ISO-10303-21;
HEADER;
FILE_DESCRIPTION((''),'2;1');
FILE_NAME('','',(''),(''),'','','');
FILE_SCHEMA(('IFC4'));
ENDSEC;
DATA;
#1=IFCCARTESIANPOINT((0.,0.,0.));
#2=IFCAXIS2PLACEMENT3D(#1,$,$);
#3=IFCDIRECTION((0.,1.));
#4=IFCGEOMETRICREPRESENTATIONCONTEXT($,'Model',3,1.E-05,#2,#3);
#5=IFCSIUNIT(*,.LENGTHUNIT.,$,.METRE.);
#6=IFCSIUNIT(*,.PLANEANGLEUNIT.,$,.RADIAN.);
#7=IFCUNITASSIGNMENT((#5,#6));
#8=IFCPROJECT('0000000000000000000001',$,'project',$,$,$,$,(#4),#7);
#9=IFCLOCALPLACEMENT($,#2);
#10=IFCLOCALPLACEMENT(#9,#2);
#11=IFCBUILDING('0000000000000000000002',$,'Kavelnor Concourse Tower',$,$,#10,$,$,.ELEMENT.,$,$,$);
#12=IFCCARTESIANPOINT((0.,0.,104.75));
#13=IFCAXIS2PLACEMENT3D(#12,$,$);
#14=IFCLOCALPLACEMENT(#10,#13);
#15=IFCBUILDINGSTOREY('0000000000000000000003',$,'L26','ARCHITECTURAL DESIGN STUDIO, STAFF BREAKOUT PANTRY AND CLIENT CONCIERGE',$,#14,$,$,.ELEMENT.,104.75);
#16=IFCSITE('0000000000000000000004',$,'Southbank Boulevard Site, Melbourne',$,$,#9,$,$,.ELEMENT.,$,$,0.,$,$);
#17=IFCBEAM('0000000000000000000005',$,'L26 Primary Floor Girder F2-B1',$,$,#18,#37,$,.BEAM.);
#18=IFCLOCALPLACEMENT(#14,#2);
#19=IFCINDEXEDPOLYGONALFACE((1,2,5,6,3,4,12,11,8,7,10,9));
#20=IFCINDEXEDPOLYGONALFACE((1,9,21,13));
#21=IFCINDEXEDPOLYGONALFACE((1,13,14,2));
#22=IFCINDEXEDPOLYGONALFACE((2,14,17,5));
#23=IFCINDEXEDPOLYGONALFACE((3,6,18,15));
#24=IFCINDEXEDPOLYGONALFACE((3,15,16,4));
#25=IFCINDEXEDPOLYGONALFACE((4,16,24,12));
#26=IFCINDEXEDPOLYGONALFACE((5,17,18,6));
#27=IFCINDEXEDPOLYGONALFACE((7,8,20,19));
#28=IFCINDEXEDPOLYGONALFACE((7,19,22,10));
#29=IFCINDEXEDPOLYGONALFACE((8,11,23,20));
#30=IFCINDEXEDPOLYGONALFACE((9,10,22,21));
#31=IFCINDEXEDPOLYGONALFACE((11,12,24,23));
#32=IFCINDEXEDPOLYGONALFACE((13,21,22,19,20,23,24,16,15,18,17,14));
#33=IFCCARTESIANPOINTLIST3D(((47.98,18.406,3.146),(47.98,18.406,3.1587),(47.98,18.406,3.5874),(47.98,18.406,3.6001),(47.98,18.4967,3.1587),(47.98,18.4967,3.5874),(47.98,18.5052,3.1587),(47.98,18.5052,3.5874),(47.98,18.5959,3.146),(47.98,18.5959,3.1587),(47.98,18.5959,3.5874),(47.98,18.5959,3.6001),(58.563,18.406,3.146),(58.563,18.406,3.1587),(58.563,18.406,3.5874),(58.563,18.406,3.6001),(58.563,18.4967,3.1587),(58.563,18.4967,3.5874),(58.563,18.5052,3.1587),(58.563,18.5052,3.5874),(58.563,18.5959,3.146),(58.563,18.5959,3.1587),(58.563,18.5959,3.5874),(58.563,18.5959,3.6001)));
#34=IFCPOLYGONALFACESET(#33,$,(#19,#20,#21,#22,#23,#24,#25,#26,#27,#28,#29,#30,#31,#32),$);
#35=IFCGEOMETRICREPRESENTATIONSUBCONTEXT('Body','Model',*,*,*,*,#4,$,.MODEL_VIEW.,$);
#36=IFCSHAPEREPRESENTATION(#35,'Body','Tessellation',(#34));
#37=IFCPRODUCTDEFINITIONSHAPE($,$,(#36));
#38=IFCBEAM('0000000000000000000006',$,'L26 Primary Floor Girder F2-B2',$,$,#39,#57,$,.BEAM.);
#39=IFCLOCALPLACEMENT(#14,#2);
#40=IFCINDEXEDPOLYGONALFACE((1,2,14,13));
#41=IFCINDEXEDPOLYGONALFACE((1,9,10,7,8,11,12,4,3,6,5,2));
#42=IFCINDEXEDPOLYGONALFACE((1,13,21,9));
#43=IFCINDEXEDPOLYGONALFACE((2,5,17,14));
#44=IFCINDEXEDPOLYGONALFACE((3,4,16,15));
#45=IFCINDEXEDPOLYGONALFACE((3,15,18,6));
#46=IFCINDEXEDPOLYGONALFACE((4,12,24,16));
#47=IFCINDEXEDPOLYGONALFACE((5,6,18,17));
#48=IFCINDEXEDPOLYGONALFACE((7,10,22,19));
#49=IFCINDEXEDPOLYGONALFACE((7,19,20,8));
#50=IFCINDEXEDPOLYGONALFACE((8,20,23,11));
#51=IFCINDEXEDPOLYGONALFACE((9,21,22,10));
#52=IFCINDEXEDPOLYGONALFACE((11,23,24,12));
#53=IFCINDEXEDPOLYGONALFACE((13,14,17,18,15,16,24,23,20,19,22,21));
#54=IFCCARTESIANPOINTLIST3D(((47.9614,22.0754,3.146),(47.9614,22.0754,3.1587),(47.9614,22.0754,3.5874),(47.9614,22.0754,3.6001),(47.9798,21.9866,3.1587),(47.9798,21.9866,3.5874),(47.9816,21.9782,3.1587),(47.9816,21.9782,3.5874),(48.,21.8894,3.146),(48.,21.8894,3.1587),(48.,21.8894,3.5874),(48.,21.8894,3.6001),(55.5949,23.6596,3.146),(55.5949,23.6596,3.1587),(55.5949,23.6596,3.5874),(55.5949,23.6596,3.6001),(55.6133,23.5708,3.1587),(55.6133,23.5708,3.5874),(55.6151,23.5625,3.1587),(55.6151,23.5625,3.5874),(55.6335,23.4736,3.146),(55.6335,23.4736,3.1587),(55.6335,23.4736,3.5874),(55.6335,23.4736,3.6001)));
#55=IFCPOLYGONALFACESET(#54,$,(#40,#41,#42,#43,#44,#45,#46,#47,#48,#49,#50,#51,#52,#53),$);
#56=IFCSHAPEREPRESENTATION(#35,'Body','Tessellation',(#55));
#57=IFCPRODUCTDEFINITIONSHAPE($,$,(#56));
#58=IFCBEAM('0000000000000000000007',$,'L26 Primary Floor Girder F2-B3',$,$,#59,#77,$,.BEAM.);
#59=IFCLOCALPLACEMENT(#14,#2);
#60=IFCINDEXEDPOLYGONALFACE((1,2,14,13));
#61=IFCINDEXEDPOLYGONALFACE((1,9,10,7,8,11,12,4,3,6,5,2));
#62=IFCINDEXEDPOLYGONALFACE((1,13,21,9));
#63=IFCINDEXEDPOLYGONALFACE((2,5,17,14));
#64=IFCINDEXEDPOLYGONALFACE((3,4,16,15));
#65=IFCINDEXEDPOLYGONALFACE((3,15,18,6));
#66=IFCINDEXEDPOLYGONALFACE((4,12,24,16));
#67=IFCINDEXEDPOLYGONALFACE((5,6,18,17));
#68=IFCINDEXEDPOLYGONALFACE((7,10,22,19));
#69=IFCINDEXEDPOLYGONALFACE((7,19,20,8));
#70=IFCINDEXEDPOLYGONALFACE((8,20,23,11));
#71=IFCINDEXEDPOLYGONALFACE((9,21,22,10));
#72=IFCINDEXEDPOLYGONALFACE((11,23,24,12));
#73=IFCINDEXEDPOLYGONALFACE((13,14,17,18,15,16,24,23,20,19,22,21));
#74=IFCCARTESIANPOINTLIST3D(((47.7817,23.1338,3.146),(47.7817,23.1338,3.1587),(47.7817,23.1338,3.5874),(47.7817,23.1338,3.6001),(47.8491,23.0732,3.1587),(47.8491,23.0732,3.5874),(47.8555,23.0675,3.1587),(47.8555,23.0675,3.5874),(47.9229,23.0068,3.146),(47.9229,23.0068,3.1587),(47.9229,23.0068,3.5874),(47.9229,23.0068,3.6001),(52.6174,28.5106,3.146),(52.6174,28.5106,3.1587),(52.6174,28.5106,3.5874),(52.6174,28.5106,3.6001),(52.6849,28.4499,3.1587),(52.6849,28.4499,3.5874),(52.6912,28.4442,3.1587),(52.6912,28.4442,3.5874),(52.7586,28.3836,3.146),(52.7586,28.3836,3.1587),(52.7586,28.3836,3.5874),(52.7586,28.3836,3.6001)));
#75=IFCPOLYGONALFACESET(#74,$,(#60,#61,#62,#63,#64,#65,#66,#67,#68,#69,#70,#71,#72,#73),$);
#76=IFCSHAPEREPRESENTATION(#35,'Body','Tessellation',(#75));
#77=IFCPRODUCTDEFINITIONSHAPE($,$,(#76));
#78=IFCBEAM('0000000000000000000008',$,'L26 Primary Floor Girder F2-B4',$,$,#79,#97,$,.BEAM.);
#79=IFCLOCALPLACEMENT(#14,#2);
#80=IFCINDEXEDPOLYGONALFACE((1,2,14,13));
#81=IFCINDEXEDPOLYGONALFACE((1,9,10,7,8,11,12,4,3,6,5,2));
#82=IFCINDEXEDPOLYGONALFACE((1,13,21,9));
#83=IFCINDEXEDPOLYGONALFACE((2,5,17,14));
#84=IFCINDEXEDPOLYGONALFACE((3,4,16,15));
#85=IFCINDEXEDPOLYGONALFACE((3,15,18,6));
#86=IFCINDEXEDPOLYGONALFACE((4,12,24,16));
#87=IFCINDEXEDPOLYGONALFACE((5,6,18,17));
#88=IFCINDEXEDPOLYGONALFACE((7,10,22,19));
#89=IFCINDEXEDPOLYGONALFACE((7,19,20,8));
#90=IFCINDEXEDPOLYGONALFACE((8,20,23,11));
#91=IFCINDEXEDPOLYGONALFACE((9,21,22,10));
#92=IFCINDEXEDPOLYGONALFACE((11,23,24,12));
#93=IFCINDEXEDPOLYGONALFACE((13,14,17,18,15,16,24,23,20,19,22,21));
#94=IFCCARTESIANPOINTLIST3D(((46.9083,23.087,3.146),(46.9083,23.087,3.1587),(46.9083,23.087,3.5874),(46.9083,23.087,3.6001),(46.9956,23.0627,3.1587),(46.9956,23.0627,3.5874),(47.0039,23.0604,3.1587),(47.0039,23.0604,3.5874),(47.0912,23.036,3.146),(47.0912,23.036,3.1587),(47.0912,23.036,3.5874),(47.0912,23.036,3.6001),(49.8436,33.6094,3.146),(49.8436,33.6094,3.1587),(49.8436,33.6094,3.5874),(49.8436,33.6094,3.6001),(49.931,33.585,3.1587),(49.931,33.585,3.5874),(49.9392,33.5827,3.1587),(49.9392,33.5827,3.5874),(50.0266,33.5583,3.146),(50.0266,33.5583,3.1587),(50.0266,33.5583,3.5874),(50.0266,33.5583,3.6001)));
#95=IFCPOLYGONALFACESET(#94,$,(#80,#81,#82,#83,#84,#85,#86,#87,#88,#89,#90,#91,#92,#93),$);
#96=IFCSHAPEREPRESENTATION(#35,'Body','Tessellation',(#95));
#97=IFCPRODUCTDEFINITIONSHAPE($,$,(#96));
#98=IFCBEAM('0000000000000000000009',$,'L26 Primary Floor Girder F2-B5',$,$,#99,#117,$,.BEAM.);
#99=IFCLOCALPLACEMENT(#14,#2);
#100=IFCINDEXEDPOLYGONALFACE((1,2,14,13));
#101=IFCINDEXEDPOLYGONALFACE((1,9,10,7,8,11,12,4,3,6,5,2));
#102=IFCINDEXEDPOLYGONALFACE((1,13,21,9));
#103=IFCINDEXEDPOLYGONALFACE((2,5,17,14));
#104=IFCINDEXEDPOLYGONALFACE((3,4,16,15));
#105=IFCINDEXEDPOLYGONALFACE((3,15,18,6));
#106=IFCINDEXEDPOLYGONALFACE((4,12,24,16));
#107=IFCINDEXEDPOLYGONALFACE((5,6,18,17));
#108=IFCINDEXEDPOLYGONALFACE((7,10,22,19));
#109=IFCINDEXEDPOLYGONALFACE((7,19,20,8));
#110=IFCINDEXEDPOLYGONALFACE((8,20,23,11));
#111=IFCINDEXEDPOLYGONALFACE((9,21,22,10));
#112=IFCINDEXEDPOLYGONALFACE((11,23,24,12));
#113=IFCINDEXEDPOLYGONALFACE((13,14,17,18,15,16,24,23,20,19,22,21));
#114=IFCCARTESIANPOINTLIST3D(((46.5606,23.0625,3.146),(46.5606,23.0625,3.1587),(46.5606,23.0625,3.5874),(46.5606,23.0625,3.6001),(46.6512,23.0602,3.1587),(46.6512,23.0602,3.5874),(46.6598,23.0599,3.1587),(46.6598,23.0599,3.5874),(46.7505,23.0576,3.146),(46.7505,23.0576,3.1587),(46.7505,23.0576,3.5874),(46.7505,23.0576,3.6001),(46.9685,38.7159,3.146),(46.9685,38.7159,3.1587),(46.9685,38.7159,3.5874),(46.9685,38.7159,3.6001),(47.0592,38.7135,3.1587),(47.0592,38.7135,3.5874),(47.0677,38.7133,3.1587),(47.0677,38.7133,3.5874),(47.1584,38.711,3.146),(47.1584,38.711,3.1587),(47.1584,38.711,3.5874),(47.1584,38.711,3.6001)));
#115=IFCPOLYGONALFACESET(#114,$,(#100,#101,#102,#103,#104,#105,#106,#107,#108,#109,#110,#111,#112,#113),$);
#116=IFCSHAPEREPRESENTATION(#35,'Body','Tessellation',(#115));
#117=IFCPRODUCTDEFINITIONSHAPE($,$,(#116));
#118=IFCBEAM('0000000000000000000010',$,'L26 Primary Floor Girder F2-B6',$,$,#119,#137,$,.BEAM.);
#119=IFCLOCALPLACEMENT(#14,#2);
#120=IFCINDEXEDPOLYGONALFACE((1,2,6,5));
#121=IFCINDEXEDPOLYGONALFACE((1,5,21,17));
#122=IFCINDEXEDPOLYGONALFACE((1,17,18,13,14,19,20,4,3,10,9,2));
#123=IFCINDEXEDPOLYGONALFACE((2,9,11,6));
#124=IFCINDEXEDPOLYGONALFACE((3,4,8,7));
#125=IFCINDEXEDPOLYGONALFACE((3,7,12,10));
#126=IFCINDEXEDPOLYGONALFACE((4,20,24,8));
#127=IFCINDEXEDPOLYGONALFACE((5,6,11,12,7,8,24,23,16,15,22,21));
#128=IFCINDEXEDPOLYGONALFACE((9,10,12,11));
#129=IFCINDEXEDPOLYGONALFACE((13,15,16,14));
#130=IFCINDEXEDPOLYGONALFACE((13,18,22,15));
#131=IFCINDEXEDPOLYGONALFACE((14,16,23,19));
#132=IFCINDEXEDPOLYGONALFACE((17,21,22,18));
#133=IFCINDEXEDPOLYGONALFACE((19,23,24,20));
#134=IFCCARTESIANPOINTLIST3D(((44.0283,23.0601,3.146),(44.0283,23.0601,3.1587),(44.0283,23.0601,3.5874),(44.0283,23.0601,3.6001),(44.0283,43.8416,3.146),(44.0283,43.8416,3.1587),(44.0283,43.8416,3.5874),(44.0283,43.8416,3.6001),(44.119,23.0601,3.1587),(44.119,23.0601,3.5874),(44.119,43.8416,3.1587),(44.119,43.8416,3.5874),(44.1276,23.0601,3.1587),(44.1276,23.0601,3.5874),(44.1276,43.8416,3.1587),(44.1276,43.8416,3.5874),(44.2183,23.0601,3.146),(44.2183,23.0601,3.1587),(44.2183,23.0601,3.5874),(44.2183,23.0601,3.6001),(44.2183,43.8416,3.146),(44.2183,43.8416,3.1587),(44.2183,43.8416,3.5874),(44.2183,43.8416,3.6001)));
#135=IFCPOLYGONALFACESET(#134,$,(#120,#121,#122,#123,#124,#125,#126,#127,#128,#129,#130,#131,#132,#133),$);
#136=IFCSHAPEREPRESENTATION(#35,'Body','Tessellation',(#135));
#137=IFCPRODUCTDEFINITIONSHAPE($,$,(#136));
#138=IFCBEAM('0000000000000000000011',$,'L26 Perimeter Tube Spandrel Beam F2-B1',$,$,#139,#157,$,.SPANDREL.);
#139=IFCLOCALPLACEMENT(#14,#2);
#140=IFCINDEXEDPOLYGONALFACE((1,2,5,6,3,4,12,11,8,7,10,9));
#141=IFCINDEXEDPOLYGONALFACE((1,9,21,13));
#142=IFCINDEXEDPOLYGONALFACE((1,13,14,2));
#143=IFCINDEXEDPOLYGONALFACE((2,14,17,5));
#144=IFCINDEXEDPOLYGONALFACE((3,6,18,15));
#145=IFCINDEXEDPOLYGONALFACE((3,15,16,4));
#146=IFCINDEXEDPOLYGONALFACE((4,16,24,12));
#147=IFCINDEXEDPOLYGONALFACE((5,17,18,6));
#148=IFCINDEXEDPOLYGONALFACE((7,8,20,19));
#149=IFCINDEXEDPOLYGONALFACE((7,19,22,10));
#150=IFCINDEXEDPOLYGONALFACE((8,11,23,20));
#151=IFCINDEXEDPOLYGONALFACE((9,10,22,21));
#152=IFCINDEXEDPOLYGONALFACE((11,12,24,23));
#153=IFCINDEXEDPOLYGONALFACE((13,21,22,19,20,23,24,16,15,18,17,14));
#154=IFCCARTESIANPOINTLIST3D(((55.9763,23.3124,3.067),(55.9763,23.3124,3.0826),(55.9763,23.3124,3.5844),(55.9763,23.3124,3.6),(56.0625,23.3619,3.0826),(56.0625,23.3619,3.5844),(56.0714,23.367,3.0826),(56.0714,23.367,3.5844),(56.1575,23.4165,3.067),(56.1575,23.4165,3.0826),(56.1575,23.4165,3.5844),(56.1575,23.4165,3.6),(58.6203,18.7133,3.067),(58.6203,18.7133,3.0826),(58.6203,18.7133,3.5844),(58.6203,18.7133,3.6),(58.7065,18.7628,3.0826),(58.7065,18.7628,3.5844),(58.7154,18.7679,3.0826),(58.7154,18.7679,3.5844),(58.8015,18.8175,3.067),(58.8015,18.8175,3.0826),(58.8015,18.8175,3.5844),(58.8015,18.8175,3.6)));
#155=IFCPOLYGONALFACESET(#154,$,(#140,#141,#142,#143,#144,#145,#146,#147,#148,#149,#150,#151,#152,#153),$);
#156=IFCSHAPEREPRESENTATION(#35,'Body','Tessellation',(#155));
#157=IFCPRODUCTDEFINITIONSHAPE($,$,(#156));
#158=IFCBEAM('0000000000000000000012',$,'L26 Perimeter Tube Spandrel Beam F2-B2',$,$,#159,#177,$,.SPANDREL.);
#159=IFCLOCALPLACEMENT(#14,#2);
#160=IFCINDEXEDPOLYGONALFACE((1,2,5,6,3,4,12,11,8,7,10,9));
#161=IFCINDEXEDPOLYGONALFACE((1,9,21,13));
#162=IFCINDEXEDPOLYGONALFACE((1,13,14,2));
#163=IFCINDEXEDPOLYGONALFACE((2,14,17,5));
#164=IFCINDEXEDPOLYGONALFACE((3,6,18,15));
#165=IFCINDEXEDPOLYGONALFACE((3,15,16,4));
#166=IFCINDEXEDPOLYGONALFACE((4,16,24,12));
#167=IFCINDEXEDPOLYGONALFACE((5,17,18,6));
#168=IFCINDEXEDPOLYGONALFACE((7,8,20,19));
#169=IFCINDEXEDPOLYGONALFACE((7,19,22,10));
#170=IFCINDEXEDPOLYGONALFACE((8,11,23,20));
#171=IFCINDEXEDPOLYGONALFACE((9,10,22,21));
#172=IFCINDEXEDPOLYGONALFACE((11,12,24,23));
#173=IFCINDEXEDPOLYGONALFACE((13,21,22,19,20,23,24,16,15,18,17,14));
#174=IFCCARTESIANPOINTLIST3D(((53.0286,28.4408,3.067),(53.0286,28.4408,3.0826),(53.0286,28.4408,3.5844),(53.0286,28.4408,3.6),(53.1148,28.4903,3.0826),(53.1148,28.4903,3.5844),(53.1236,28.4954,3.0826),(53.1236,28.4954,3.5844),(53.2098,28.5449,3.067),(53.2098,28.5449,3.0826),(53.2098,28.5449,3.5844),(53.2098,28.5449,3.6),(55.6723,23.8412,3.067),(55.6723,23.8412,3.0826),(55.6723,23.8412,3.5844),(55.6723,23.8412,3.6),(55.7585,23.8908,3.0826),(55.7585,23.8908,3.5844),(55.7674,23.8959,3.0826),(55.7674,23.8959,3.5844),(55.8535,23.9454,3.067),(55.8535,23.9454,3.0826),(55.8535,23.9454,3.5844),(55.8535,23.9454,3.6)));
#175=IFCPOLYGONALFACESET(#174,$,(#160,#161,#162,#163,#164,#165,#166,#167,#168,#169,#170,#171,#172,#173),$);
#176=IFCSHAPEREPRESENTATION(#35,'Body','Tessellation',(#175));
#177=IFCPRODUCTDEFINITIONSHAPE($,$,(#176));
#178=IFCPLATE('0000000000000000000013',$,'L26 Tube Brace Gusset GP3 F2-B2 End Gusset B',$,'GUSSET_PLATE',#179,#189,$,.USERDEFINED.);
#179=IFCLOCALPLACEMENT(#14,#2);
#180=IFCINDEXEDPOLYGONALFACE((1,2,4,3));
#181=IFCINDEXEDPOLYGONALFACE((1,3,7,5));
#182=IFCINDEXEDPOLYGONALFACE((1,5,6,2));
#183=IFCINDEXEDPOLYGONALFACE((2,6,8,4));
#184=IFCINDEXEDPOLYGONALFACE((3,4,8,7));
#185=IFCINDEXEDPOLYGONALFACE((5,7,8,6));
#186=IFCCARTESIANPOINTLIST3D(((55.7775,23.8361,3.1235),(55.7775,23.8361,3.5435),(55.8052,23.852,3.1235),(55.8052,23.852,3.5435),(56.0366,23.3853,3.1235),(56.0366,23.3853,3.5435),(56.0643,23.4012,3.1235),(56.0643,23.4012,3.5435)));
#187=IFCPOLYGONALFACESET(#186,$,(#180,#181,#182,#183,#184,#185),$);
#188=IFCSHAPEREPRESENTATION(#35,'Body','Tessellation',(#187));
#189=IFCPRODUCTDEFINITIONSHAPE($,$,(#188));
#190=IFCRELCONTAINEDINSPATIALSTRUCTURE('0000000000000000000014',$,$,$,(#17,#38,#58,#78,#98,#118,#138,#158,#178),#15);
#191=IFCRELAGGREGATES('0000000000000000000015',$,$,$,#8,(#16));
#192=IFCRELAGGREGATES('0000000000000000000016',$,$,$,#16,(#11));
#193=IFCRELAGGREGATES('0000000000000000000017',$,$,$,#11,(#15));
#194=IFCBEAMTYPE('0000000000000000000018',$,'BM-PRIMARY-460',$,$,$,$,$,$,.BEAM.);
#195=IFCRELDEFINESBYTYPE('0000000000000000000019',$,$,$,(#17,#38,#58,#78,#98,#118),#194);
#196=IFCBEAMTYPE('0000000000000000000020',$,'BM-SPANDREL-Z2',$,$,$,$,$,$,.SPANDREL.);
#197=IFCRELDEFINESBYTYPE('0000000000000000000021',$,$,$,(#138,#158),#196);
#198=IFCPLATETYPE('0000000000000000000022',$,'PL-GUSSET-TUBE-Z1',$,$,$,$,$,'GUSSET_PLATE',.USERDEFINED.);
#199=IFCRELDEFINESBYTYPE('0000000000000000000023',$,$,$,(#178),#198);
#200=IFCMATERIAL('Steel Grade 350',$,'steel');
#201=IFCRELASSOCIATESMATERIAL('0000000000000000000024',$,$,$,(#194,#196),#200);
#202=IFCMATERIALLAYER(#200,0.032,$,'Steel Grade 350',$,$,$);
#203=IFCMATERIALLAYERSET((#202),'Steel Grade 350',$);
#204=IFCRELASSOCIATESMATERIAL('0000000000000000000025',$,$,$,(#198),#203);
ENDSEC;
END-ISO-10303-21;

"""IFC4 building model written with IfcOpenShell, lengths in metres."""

from ifc_helpers import new_model, si_unit, direction, frame, origin, origin_2d, place, context, subcontext, project, spatial, rectangle, i_section, extrude, material, layer, layer_set, material_profile, profile_set, type_object, element, save


model = new_model("IFC4")

# Units and contexts
model_context = context("Model", 3, precision=1e-05, world=origin(), true_north=direction((0.0, 1.0)))
body_context = subcontext(model_context, "Body", "Model", "MODEL_VIEW")
ifc_project = project(units=[si_unit("LENGTHUNIT", "METRE"), si_unit("PLANEANGLEUNIT", "RADIAN")], contexts=[model_context])

# Site, building, storey
site_placement = place(None, origin())
site = spatial("IfcSite", under=ifc_project, at=site_placement, Name="Southbank Boulevard Site, Melbourne", CompositionType="ELEMENT", RefElevation=0.0)
building_placement = place(site_placement, origin())
building = spatial("IfcBuilding", under=site, at=building_placement, Name="Kavelnor Concourse Tower", CompositionType="ELEMENT")
storey_placement = place(building_placement, frame((0.0, 0.0, 104.75)))
storey = spatial("IfcBuildingStorey", under=building, at=storey_placement, Name="L26", Description="ARCHITECTURAL DESIGN STUDIO, STAFF BREAKOUT PANTRY AND CLIENT CONCIERGE", CompositionType="ELEMENT", Elevation=104.75)

# Shared definitions
ifc_material_1 = material(Name="Steel Grade 350", Category="steel")

# Beams
ifc_material_profile_1 = material_profile(ifc_material_1, i_section(OverallWidth=0.1899, OverallDepth=0.4541, WebThickness=0.0085, FlangeThickness=0.0127, at=origin_2d()), Name="460UB67")
ifc_profile_set_1 = profile_set([ifc_material_profile_1], Name="Steel Grade 350")
beam_type_1 = type_object("IfcBeamType", Name="BM-PRIMARY-460", PredefinedType="BEAM", material=ifc_profile_set_1)
beam_1_placement = place(storey_placement, frame((47.98, 18.501, 3.373), z_axis=(1.0, 0.0, 0.0), x_axis=(0.0, 1.0, 0.0)))
element("IfcBeam", 1, at=beam_1_placement, inside=storey, type_object=beam_type_1, Name="L26 Primary Floor Girder F2-B1", PredefinedType="BEAM", context=body_context, shape_type="SweptSolid", body=[
    extrude(i_section(OverallWidth=0.1899, OverallDepth=0.4541, WebThickness=0.0085, FlangeThickness=0.0127, at=origin_2d()), origin(), (0.0, 0.0, 1.0), 10.583),
])
beam_2_placement = place(storey_placement, frame((47.9807, 21.9824, 3.373), z_axis=(0.979136, 0.203205, 0.0), x_axis=(-0.203205, 0.979136, 0.0)))
element("IfcBeam", 2, at=beam_2_placement, inside=storey, type_object=beam_type_1, Name="L26 Primary Floor Girder F2-B2", PredefinedType="BEAM", context=body_context, shape_type="SweptSolid", body=[
    extrude(i_section(OverallWidth=0.1899, OverallDepth=0.4541, WebThickness=0.0085, FlangeThickness=0.0127, at=origin_2d()), origin(), (0.0, 0.0, 1.0), 7.7961),
])
beam_3_placement = place(storey_placement, frame((47.8523, 23.0703, 3.373), z_axis=(0.668709, 0.743524, 0.0), x_axis=(-0.743524, 0.668709, 0.0)))
element("IfcBeam", 3, at=beam_3_placement, inside=storey, type_object=beam_type_1, Name="L26 Primary Floor Girder F2-B3", PredefinedType="BEAM", context=body_context, shape_type="SweptSolid", body=[
    extrude(i_section(OverallWidth=0.1899, OverallDepth=0.4541, WebThickness=0.0085, FlangeThickness=0.0127, at=origin_2d()), origin(), (0.0, 0.0, 1.0), 7.2314),
])
beam_4_placement = place(storey_placement, frame((46.9998, 23.0615, 3.373), z_axis=(0.268703, 0.963223, 0.0), x_axis=(-0.963223, 0.268703, 0.0)))
element("IfcBeam", 4, at=beam_4_placement, inside=storey, type_object=beam_type_1, Name="L26 Primary Floor Girder F2-B4", PredefinedType="BEAM", context=body_context, shape_type="SweptSolid", body=[
    extrude(i_section(OverallWidth=0.1899, OverallDepth=0.4541, WebThickness=0.0085, FlangeThickness=0.0127, at=origin_2d()), origin(), (0.0, 0.0, 1.0), 10.9241),
])
beam_5_placement = place(storey_placement, frame((46.6555, 23.0601, 3.373), z_axis=(0.026053, 0.999661, 0.0), x_axis=(-0.999661, 0.026053, 0.0)))
element("IfcBeam", 5, at=beam_5_placement, inside=storey, type_object=beam_type_1, Name="L26 Primary Floor Girder F2-B5", PredefinedType="BEAM", context=body_context, shape_type="SweptSolid", body=[
    extrude(i_section(OverallWidth=0.1899, OverallDepth=0.4541, WebThickness=0.0085, FlangeThickness=0.0127, at=origin_2d()), origin(), (0.0, 0.0, 1.0), 15.6587),
])
beam_6_placement = place(storey_placement, frame((44.1233, 23.0601, 3.373), z_axis=(0.0, 1.0, 0.0), x_axis=(-1.0, 0.0, 0.0)))
element("IfcBeam", 6, at=beam_6_placement, inside=storey, type_object=beam_type_1, Name="L26 Primary Floor Girder F2-B6", PredefinedType="BEAM", context=body_context, shape_type="SweptSolid", body=[
    extrude(i_section(OverallWidth=0.1899, OverallDepth=0.4541, WebThickness=0.0085, FlangeThickness=0.0127, at=origin_2d()), origin(), (0.0, 0.0, 1.0), 20.7815),
])
ifc_material_profile_2 = material_profile(ifc_material_1, i_section(OverallWidth=0.209, OverallDepth=0.533, WebThickness=0.0103, FlangeThickness=0.0156, at=origin_2d()), Name="530UB92")
ifc_profile_set_2 = profile_set([ifc_material_profile_2], Name="Steel Grade 350")
beam_type_2 = type_object("IfcBeamType", Name="BM-SPANDREL-Z2", PredefinedType="SPANDREL", material=ifc_profile_set_2)
beam_7_placement = place(storey_placement, frame((58.7109, 18.7654, 3.3335), z_axis=(-0.498407, 0.866943, 0.0), x_axis=(-0.866943, -0.498407, 0.0)))
element("IfcBeam", 7, at=beam_7_placement, inside=storey, type_object=beam_type_2, Name="L26 Perimeter Tube Spandrel Beam F2-B1", PredefinedType="SPANDREL", context=body_context, shape_type="SweptSolid", body=[
    extrude(i_section(OverallWidth=0.209, OverallDepth=0.533, WebThickness=0.0103, FlangeThickness=0.0156, at=origin_2d()), origin(), (0.0, 0.0, 1.0), 5.3049),
])
beam_8_placement = place(storey_placement, frame((55.7629, 23.8933, 3.3335), z_axis=(-0.498333, 0.866986, 0.0), x_axis=(-0.866986, -0.498333, 0.0)))
element("IfcBeam", 8, at=beam_8_placement, inside=storey, type_object=beam_type_2, Name="L26 Perimeter Tube Spandrel Beam F2-B2", PredefinedType="SPANDREL", context=body_context, shape_type="SweptSolid", body=[
    extrude(i_section(OverallWidth=0.209, OverallDepth=0.533, WebThickness=0.0103, FlangeThickness=0.0156, at=origin_2d()), origin(), (0.0, 0.0, 1.0), 5.3052),
])

# Plate
ifc_layer_1 = layer(ifc_material_1, 0.032, Name="Steel Grade 350")
ifc_layer_set_1 = layer_set([ifc_layer_1], Name="Steel Grade 350")
plate_type = type_object("IfcPlateType", Name="PL-GUSSET-TUBE-Z1", ElementType="GUSSET_PLATE", PredefinedType="USERDEFINED", material=ifc_layer_set_1)
plate_placement = place(storey_placement, frame((55.9209, 23.6187, 3.1235), z_axis=(0.0, 0.0, 1.0), x_axis=(0.498336, -0.866984, 0.0)))
element("IfcPlate", 9, at=plate_placement, inside=storey, type_object=plate_type, Name="L26 Tube Brace Gusset GP3 F2-B2 End Gusset B", ObjectType="GUSSET_PLATE", PredefinedType="USERDEFINED", context=body_context, shape_type="SweptSolid", body=[
    extrude(rectangle(XDim=0.52, YDim=0.032, at=origin_2d()), origin(), (0.0, 0.0, 1.0), 0.4199),
])

save(model, "model.ifc")
